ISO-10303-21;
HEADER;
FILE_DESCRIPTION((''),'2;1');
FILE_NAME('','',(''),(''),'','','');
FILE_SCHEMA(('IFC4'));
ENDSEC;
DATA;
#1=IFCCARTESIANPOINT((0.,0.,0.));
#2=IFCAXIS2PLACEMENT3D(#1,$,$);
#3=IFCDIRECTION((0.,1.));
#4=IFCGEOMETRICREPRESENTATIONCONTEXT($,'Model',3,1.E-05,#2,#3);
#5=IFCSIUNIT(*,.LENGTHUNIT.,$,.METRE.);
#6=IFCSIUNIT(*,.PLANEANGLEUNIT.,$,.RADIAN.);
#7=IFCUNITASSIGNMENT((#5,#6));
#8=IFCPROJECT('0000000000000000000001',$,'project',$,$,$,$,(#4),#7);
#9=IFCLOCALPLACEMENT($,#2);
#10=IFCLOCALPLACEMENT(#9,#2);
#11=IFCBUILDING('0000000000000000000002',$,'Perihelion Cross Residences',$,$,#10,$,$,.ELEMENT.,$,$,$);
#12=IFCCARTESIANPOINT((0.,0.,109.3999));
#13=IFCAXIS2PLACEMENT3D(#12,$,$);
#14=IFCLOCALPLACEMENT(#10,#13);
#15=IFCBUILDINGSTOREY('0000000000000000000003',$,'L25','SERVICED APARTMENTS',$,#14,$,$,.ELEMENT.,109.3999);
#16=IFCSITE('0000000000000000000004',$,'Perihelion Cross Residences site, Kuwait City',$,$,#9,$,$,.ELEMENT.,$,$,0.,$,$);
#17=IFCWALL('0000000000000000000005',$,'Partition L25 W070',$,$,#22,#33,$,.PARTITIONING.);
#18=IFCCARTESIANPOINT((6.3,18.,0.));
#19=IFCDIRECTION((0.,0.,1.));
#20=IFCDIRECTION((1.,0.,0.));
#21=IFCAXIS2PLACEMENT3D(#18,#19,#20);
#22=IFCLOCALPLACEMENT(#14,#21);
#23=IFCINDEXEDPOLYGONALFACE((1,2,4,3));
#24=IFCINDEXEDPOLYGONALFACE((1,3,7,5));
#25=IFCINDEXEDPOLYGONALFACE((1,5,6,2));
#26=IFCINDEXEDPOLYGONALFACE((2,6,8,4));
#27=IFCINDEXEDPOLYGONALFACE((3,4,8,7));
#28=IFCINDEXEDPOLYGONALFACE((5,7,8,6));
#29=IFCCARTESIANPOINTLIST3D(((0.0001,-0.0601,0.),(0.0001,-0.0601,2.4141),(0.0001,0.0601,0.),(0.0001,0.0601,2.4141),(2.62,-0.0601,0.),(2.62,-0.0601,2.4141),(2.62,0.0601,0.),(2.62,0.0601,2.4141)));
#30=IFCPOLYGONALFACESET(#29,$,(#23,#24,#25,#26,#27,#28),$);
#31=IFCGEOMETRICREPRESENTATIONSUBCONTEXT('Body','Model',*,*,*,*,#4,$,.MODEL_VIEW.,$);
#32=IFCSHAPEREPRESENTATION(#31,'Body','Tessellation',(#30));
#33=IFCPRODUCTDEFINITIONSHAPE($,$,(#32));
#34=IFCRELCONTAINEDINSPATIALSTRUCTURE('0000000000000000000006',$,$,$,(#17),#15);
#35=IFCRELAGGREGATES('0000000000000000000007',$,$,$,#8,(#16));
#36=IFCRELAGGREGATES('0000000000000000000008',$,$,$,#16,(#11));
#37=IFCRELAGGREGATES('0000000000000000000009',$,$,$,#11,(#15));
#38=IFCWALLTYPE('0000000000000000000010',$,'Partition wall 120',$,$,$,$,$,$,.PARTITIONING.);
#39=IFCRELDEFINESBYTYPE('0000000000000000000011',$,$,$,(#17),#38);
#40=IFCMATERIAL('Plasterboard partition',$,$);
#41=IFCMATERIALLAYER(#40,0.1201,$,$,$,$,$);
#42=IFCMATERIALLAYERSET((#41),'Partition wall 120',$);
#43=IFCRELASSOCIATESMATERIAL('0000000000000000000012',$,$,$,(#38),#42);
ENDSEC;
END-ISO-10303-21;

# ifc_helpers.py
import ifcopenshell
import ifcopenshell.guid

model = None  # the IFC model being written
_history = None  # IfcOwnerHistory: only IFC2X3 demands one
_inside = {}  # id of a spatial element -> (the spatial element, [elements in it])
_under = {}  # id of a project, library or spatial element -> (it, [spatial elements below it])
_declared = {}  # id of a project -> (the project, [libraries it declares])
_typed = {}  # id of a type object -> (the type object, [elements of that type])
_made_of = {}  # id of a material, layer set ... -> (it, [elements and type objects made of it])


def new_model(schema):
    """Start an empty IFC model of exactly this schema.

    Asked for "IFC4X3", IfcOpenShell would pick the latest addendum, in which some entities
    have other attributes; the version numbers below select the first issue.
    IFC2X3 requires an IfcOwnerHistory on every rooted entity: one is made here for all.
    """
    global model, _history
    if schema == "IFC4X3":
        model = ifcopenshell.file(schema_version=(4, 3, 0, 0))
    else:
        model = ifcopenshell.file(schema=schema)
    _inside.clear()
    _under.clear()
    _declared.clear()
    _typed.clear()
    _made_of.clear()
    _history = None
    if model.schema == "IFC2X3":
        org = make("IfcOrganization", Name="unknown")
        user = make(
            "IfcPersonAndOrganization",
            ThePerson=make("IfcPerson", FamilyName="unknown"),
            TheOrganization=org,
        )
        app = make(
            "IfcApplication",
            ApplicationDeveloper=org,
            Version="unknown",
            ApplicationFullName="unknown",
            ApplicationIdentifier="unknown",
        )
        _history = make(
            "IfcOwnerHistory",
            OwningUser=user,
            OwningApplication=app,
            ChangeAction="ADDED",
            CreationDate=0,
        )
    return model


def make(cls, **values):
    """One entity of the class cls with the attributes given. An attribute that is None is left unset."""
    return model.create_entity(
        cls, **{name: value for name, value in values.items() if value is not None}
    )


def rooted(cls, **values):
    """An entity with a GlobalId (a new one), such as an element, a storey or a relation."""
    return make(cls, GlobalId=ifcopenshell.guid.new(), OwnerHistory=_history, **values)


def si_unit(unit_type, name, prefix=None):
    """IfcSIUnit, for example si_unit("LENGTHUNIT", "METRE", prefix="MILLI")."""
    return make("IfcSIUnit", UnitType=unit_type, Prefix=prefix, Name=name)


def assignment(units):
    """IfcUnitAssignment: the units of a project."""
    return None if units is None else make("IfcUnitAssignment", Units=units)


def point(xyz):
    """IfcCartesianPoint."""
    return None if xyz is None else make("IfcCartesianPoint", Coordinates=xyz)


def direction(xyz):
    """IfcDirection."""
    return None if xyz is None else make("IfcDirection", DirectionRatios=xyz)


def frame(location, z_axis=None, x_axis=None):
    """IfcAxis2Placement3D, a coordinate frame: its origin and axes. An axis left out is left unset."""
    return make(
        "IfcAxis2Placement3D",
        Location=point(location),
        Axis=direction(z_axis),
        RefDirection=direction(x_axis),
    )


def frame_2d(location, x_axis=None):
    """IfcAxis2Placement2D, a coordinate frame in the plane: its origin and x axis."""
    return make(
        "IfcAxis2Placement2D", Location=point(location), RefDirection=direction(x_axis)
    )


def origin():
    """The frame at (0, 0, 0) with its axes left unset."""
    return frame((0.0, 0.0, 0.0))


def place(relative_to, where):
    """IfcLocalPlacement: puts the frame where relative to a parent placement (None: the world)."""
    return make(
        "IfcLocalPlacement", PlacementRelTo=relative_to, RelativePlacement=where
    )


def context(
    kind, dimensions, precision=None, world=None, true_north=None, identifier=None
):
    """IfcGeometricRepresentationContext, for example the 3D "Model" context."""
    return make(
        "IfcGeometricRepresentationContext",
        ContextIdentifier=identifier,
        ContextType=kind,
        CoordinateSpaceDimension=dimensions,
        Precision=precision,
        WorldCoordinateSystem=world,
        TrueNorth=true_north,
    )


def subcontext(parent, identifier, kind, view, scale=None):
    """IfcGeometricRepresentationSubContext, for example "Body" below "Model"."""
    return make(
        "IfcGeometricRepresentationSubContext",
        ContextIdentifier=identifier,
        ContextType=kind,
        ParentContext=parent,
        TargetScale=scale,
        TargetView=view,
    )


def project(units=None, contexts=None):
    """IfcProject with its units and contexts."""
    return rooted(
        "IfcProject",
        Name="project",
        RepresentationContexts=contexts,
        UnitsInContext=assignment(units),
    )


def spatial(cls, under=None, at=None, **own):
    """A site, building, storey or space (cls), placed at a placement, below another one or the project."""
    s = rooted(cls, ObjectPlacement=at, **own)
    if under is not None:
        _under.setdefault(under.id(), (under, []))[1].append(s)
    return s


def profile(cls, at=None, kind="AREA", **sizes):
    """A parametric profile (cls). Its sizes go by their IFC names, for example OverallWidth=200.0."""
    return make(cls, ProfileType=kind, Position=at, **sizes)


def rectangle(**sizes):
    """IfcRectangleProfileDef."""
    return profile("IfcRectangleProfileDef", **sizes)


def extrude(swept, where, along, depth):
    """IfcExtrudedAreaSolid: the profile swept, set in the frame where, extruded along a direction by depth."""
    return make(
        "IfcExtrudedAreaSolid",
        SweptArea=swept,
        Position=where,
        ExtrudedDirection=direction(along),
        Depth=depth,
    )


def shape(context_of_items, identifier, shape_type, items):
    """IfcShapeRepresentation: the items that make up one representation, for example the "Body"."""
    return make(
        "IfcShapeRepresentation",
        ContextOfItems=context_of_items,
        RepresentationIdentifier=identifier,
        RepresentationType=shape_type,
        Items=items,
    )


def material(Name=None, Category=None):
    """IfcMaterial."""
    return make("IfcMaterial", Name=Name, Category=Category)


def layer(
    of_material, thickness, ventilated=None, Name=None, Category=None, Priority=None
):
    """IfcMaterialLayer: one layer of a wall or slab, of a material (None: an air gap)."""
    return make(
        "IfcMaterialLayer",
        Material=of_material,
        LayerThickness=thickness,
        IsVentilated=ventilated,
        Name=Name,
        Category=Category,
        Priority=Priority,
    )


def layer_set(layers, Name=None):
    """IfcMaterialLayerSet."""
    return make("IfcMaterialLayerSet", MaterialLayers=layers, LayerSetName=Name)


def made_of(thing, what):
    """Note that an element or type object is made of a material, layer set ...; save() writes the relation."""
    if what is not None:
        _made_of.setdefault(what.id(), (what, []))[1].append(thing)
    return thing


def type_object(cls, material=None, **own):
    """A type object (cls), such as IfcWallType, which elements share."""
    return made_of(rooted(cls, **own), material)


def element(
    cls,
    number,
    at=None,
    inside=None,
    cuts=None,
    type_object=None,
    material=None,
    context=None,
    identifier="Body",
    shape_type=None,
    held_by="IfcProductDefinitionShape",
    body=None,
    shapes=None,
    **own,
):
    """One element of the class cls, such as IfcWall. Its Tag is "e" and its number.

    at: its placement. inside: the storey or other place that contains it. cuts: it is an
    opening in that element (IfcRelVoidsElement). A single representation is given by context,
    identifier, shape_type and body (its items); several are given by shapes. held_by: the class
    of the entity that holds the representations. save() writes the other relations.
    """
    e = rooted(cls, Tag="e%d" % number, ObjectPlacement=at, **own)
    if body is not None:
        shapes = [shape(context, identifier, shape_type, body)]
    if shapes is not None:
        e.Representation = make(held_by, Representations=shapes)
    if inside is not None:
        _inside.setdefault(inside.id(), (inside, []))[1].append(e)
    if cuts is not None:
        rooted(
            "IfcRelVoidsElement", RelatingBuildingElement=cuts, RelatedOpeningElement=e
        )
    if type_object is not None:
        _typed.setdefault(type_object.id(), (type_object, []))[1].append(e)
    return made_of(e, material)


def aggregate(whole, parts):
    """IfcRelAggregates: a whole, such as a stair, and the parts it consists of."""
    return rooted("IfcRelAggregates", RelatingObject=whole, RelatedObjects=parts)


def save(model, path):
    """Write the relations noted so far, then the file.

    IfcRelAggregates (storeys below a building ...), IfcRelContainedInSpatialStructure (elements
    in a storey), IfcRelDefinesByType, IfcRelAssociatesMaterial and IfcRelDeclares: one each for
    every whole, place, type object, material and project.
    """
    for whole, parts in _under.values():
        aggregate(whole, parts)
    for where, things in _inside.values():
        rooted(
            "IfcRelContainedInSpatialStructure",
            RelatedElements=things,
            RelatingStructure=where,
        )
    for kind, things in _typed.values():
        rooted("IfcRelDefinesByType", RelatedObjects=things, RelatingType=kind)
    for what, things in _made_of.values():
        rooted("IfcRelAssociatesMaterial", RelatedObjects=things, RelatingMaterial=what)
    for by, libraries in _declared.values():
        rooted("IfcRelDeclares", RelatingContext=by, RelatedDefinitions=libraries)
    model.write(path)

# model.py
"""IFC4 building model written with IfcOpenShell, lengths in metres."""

from ifc_helpers import new_model, si_unit, direction, frame, frame_2d, origin, place, context, subcontext, project, spatial, rectangle, extrude, material, layer, layer_set, type_object, element, save


model = new_model("IFC4")

# Units and contexts
model_context = context("Model", 3, precision=1e-05, world=origin(), true_north=direction((0.0, 1.0)))
body_context = subcontext(model_context, "Body", "Model", "MODEL_VIEW")
ifc_project = project(units=[si_unit("LENGTHUNIT", "METRE"), si_unit("PLANEANGLEUNIT", "RADIAN")], contexts=[model_context])

# Site, building, storey
site_placement = place(None, origin())
site = spatial("IfcSite", under=ifc_project, at=site_placement, Name="Perihelion Cross Residences site, Kuwait City", CompositionType="ELEMENT", RefElevation=0.0)
building_placement = place(site_placement, origin())
building = spatial("IfcBuilding", under=site, at=building_placement, Name="Perihelion Cross Residences", CompositionType="ELEMENT")
storey_placement = place(building_placement, frame((0.0, 0.0, 109.3999)))
storey = spatial("IfcBuildingStorey", under=building, at=storey_placement, Name="L25", Description="SERVICED APARTMENTS", CompositionType="ELEMENT", Elevation=109.3999)

# Wall
ifc_material_1 = material(Name="Plasterboard partition")
ifc_layer_1 = layer(ifc_material_1, 0.1201)
ifc_layer_set_1 = layer_set([ifc_layer_1], Name="Partition wall 120")
wall_type_1 = type_object("IfcWallType", Name="Partition wall 120", PredefinedType="PARTITIONING", material=ifc_layer_set_1)
wall_1_placement = place(storey_placement, frame((6.3, 18.0, 0.0), z_axis=(0.0, 0.0, 1.0), x_axis=(1.0, 0.0, 0.0)))
element("IfcWall", 1, at=wall_1_placement, inside=storey, type_object=wall_type_1, Name="Partition L25 W070", PredefinedType="PARTITIONING", context=body_context, shape_type="SweptSolid", body=[
    extrude(rectangle(XDim=2.6199, YDim=0.1201, at=frame_2d((1.3101, 0.0))), origin(), (0.0, 0.0, 1.0), 2.4141),
])

save(model, "model.ifc")
